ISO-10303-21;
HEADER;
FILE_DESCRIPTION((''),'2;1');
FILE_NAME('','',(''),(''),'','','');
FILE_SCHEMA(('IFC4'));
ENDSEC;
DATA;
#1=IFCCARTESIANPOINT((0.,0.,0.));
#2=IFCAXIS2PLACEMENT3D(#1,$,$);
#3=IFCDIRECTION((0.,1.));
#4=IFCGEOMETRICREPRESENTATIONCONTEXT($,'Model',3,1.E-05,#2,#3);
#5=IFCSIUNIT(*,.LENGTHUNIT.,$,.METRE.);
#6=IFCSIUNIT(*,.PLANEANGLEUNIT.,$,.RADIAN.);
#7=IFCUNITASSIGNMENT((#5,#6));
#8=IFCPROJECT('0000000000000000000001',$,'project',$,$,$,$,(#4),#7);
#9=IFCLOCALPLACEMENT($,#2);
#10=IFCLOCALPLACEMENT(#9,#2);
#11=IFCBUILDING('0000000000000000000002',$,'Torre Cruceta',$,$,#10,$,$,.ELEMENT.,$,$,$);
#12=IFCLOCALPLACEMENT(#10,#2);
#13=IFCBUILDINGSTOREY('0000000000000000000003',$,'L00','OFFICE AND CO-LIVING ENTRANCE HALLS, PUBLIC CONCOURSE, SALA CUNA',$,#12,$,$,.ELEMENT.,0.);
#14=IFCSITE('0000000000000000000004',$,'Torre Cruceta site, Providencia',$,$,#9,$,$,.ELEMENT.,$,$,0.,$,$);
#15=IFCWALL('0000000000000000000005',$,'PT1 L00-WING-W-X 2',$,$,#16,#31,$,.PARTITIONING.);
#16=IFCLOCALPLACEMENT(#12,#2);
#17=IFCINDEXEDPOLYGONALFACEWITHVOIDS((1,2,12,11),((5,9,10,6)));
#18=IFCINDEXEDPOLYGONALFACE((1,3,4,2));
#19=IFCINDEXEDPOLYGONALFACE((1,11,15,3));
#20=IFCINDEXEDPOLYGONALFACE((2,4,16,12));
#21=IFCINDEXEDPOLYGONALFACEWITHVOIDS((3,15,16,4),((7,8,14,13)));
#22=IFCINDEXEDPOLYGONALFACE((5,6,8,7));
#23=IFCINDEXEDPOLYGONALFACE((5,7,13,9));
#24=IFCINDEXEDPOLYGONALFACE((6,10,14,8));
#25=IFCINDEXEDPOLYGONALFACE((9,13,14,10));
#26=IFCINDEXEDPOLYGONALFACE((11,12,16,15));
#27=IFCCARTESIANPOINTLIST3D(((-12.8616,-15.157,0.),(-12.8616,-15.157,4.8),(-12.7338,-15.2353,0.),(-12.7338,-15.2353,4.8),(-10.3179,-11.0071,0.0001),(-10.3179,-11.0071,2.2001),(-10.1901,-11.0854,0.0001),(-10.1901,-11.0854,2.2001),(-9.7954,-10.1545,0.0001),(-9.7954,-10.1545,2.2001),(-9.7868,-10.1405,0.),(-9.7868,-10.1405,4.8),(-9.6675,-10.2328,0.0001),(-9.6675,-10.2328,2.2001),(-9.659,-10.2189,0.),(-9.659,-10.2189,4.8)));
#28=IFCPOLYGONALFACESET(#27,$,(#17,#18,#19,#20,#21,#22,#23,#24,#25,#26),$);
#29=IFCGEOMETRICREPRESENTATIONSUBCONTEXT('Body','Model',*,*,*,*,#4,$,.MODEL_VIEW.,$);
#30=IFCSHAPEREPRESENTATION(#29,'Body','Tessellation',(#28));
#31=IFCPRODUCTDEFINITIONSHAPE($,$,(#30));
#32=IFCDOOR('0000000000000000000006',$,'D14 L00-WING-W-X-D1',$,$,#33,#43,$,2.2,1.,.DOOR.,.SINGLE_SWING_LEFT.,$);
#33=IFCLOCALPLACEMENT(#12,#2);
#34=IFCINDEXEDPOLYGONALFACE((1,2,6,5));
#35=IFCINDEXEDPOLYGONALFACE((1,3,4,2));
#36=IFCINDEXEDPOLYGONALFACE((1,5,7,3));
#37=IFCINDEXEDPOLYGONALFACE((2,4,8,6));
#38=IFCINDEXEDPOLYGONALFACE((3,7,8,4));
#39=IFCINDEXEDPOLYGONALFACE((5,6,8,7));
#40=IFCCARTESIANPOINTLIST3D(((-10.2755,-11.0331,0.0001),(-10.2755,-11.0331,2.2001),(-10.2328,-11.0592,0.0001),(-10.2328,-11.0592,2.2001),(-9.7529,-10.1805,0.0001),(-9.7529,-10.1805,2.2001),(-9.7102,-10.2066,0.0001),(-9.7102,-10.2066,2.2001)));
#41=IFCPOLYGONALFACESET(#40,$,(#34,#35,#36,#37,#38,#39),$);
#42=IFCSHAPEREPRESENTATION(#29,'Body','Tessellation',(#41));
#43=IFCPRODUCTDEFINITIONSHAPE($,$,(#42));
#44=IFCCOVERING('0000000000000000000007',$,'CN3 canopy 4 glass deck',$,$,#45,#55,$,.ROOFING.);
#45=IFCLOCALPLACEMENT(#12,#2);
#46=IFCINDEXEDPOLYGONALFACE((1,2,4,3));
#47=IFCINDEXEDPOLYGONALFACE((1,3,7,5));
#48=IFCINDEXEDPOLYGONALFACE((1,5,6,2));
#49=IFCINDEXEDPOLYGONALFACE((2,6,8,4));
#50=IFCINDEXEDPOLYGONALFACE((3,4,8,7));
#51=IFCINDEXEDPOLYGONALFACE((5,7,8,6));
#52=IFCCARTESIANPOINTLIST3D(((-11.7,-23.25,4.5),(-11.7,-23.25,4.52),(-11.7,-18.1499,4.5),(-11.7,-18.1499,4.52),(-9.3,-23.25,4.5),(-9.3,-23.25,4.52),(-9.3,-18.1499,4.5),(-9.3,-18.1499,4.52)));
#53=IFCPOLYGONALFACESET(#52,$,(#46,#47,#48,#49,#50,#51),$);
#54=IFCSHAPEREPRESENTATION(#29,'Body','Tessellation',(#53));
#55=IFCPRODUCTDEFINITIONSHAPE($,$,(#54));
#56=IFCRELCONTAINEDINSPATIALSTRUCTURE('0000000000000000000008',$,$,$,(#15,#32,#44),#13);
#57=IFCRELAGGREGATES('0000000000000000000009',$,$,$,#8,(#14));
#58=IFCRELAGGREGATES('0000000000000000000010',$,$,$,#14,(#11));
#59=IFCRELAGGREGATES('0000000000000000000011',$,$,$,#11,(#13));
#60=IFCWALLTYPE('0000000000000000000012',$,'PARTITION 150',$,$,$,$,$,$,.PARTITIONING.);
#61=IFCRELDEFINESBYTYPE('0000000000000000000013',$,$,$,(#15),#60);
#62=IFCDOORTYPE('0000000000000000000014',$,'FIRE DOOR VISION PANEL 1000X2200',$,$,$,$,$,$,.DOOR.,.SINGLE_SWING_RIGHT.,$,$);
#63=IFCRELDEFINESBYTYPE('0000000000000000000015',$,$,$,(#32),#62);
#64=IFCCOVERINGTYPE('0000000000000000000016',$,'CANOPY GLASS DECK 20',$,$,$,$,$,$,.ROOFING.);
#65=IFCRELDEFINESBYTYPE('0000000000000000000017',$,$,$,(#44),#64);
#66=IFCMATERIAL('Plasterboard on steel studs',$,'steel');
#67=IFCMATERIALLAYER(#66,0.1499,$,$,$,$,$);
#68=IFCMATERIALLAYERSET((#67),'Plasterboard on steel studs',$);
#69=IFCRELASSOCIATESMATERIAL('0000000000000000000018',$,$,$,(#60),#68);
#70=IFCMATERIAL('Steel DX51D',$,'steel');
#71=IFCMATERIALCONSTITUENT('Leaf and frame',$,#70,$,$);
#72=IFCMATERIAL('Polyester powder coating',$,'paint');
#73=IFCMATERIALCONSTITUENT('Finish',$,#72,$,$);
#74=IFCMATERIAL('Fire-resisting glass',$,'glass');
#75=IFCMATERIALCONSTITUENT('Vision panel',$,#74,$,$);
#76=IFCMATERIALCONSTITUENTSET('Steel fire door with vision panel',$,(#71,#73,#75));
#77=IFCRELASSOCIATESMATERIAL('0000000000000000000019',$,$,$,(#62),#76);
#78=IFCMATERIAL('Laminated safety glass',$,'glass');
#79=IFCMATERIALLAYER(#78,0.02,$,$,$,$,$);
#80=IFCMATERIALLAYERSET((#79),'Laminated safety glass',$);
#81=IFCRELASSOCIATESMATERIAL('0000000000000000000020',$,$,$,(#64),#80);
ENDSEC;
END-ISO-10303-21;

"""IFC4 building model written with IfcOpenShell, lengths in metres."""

from ifc_helpers import new_model, si_unit, direction, frame, frame_2d, origin, origin_2d, place, context, subcontext, project, spatial, rectangle, extrude, material, layer, layer_set, constituent, constituent_set, type_object, element, fill, save


model = new_model("IFC4")

# Units and contexts
model_context = context("Model", 3, precision=1e-05, world=origin(), true_north=direction((0.0, 1.0)))
body_context = subcontext(model_context, "Body", "Model", "MODEL_VIEW")
ifc_project = project(units=[si_unit("LENGTHUNIT", "METRE"), si_unit("PLANEANGLEUNIT", "RADIAN")], contexts=[model_context])

# Site, building, storey
site_placement = place(None, origin())
site = spatial("IfcSite", under=ifc_project, at=site_placement, Name="Torre Cruceta site, Providencia", CompositionType="ELEMENT", RefElevation=0.0)
building_placement = place(site_placement, origin())
building = spatial("IfcBuilding", under=site, at=building_placement, Name="Torre Cruceta", CompositionType="ELEMENT")
storey_placement = place(building_placement, origin())
storey = spatial("IfcBuildingStorey", under=building, at=storey_placement, Name="L00", Description="OFFICE AND CO-LIVING ENTRANCE HALLS, PUBLIC CONCOURSE, SALA CUNA", CompositionType="ELEMENT", Elevation=0.0)

# Wall, opening, door
ifc_material_1 = material(Name="Plasterboard on steel studs", Category="steel")
ifc_layer_1 = layer(ifc_material_1, 0.1499)
ifc_layer_set_1 = layer_set([ifc_layer_1], Name="Plasterboard on steel studs")
wall_type_1 = type_object("IfcWallType", Name="PARTITION 150", PredefinedType="PARTITIONING", material=ifc_layer_set_1)
wall_1_placement = place(storey_placement, frame((-9.7229, -10.1797, 0.0), z_axis=(0.0, 0.0, 1.0), x_axis=(-0.522582, -0.852589, 0.0)))
wall_1 = element("IfcWall", 1, at=wall_1_placement, inside=storey, type_object=wall_type_1, Name="PT1 L00-WING-W-X 2", PredefinedType="PARTITIONING", context=body_context, shape_type="SweptSolid", body=[
    extrude(rectangle(XDim=5.8838, YDim=0.1499, at=frame_2d((2.9419, 0.0))), origin(), (0.0, 0.0, 1.0), 4.8),
])
opening_1_placement = place(wall_1_placement, frame((0.0164, 0.0, 0.0)))
opening_1 = element("IfcOpeningElement", 2, at=opening_1_placement, cuts=wall_1, PredefinedType="OPENING", context=body_context, shape_type="SweptSolid", body=[
    extrude(rectangle(XDim=1.0, YDim=2.2, at=frame_2d((0.5, 1.1001))), frame((0.0, 0.085, 0.0), z_axis=(0.0, -1.0, 0.0), x_axis=(1.0, 0.0, 0.0)), (0.0, 0.0, 1.0), 0.1699),
])
ifc_material_2 = material(Name="Steel DX51D", Category="steel")
ifc_constituent_1 = constituent(ifc_material_2, Name="Leaf and frame")
ifc_material_3 = material(Name="Polyester powder coating", Category="paint")
ifc_constituent_2 = constituent(ifc_material_3, Name="Finish")
ifc_material_4 = material(Name="Fire-resisting glass", Category="glass")
ifc_constituent_3 = constituent(ifc_material_4, Name="Vision panel")
ifc_constituent_set_1 = constituent_set(constituents=[ifc_constituent_1, ifc_constituent_2, ifc_constituent_3], Name="Steel fire door with vision panel")
door_type = type_object("IfcDoorType", Name="FIRE DOOR VISION PANEL 1000X2200", OperationType="SINGLE_SWING_RIGHT", PredefinedType="DOOR", material=ifc_constituent_set_1)
door_placement = place(opening_1_placement, origin())
door = element("IfcDoor", 3, at=door_placement, inside=storey, type_object=door_type, Name="D14 L00-WING-W-X-D1", OperationType="SINGLE_SWING_LEFT", OverallHeight=2.2, OverallWidth=1.0, PredefinedType="DOOR", context=body_context, shape_type="SweptSolid", body=[
    extrude(rectangle(XDim=1.0, YDim=2.2, at=frame_2d((0.5, 1.1001))), frame((0.0, 0.0249, 0.0), z_axis=(0.0, -1.0, 0.0), x_axis=(1.0, 0.0, 0.0)), (0.0, 0.0, 1.0), 0.05),
])
fill(opening_1, door)

# Covering
ifc_material_5 = material(Name="Laminated safety glass", Category="glass")
ifc_layer_2 = layer(ifc_material_5, 0.02)
ifc_layer_set_2 = layer_set([ifc_layer_2], Name="Laminated safety glass")
covering_type = type_object("IfcCoveringType", Name="CANOPY GLASS DECK 20", PredefinedType="ROOFING", material=ifc_layer_set_2)
covering_placement = place(storey_placement, frame((-10.5, -20.7, 4.5), z_axis=(0.0, 0.0, 1.0), x_axis=(0.0, 1.0, 0.0)))
element("IfcCovering", 4, at=covering_placement, inside=storey, type_object=covering_type, Name="CN3 canopy 4 glass deck", PredefinedType="ROOFING", context=body_context, shape_type="SweptSolid", body=[
    extrude(rectangle(XDim=5.1001, YDim=2.3999, at=origin_2d()), origin(), (0.0, 0.0, 1.0), 0.02),
])

save(model, "model.ifc")
